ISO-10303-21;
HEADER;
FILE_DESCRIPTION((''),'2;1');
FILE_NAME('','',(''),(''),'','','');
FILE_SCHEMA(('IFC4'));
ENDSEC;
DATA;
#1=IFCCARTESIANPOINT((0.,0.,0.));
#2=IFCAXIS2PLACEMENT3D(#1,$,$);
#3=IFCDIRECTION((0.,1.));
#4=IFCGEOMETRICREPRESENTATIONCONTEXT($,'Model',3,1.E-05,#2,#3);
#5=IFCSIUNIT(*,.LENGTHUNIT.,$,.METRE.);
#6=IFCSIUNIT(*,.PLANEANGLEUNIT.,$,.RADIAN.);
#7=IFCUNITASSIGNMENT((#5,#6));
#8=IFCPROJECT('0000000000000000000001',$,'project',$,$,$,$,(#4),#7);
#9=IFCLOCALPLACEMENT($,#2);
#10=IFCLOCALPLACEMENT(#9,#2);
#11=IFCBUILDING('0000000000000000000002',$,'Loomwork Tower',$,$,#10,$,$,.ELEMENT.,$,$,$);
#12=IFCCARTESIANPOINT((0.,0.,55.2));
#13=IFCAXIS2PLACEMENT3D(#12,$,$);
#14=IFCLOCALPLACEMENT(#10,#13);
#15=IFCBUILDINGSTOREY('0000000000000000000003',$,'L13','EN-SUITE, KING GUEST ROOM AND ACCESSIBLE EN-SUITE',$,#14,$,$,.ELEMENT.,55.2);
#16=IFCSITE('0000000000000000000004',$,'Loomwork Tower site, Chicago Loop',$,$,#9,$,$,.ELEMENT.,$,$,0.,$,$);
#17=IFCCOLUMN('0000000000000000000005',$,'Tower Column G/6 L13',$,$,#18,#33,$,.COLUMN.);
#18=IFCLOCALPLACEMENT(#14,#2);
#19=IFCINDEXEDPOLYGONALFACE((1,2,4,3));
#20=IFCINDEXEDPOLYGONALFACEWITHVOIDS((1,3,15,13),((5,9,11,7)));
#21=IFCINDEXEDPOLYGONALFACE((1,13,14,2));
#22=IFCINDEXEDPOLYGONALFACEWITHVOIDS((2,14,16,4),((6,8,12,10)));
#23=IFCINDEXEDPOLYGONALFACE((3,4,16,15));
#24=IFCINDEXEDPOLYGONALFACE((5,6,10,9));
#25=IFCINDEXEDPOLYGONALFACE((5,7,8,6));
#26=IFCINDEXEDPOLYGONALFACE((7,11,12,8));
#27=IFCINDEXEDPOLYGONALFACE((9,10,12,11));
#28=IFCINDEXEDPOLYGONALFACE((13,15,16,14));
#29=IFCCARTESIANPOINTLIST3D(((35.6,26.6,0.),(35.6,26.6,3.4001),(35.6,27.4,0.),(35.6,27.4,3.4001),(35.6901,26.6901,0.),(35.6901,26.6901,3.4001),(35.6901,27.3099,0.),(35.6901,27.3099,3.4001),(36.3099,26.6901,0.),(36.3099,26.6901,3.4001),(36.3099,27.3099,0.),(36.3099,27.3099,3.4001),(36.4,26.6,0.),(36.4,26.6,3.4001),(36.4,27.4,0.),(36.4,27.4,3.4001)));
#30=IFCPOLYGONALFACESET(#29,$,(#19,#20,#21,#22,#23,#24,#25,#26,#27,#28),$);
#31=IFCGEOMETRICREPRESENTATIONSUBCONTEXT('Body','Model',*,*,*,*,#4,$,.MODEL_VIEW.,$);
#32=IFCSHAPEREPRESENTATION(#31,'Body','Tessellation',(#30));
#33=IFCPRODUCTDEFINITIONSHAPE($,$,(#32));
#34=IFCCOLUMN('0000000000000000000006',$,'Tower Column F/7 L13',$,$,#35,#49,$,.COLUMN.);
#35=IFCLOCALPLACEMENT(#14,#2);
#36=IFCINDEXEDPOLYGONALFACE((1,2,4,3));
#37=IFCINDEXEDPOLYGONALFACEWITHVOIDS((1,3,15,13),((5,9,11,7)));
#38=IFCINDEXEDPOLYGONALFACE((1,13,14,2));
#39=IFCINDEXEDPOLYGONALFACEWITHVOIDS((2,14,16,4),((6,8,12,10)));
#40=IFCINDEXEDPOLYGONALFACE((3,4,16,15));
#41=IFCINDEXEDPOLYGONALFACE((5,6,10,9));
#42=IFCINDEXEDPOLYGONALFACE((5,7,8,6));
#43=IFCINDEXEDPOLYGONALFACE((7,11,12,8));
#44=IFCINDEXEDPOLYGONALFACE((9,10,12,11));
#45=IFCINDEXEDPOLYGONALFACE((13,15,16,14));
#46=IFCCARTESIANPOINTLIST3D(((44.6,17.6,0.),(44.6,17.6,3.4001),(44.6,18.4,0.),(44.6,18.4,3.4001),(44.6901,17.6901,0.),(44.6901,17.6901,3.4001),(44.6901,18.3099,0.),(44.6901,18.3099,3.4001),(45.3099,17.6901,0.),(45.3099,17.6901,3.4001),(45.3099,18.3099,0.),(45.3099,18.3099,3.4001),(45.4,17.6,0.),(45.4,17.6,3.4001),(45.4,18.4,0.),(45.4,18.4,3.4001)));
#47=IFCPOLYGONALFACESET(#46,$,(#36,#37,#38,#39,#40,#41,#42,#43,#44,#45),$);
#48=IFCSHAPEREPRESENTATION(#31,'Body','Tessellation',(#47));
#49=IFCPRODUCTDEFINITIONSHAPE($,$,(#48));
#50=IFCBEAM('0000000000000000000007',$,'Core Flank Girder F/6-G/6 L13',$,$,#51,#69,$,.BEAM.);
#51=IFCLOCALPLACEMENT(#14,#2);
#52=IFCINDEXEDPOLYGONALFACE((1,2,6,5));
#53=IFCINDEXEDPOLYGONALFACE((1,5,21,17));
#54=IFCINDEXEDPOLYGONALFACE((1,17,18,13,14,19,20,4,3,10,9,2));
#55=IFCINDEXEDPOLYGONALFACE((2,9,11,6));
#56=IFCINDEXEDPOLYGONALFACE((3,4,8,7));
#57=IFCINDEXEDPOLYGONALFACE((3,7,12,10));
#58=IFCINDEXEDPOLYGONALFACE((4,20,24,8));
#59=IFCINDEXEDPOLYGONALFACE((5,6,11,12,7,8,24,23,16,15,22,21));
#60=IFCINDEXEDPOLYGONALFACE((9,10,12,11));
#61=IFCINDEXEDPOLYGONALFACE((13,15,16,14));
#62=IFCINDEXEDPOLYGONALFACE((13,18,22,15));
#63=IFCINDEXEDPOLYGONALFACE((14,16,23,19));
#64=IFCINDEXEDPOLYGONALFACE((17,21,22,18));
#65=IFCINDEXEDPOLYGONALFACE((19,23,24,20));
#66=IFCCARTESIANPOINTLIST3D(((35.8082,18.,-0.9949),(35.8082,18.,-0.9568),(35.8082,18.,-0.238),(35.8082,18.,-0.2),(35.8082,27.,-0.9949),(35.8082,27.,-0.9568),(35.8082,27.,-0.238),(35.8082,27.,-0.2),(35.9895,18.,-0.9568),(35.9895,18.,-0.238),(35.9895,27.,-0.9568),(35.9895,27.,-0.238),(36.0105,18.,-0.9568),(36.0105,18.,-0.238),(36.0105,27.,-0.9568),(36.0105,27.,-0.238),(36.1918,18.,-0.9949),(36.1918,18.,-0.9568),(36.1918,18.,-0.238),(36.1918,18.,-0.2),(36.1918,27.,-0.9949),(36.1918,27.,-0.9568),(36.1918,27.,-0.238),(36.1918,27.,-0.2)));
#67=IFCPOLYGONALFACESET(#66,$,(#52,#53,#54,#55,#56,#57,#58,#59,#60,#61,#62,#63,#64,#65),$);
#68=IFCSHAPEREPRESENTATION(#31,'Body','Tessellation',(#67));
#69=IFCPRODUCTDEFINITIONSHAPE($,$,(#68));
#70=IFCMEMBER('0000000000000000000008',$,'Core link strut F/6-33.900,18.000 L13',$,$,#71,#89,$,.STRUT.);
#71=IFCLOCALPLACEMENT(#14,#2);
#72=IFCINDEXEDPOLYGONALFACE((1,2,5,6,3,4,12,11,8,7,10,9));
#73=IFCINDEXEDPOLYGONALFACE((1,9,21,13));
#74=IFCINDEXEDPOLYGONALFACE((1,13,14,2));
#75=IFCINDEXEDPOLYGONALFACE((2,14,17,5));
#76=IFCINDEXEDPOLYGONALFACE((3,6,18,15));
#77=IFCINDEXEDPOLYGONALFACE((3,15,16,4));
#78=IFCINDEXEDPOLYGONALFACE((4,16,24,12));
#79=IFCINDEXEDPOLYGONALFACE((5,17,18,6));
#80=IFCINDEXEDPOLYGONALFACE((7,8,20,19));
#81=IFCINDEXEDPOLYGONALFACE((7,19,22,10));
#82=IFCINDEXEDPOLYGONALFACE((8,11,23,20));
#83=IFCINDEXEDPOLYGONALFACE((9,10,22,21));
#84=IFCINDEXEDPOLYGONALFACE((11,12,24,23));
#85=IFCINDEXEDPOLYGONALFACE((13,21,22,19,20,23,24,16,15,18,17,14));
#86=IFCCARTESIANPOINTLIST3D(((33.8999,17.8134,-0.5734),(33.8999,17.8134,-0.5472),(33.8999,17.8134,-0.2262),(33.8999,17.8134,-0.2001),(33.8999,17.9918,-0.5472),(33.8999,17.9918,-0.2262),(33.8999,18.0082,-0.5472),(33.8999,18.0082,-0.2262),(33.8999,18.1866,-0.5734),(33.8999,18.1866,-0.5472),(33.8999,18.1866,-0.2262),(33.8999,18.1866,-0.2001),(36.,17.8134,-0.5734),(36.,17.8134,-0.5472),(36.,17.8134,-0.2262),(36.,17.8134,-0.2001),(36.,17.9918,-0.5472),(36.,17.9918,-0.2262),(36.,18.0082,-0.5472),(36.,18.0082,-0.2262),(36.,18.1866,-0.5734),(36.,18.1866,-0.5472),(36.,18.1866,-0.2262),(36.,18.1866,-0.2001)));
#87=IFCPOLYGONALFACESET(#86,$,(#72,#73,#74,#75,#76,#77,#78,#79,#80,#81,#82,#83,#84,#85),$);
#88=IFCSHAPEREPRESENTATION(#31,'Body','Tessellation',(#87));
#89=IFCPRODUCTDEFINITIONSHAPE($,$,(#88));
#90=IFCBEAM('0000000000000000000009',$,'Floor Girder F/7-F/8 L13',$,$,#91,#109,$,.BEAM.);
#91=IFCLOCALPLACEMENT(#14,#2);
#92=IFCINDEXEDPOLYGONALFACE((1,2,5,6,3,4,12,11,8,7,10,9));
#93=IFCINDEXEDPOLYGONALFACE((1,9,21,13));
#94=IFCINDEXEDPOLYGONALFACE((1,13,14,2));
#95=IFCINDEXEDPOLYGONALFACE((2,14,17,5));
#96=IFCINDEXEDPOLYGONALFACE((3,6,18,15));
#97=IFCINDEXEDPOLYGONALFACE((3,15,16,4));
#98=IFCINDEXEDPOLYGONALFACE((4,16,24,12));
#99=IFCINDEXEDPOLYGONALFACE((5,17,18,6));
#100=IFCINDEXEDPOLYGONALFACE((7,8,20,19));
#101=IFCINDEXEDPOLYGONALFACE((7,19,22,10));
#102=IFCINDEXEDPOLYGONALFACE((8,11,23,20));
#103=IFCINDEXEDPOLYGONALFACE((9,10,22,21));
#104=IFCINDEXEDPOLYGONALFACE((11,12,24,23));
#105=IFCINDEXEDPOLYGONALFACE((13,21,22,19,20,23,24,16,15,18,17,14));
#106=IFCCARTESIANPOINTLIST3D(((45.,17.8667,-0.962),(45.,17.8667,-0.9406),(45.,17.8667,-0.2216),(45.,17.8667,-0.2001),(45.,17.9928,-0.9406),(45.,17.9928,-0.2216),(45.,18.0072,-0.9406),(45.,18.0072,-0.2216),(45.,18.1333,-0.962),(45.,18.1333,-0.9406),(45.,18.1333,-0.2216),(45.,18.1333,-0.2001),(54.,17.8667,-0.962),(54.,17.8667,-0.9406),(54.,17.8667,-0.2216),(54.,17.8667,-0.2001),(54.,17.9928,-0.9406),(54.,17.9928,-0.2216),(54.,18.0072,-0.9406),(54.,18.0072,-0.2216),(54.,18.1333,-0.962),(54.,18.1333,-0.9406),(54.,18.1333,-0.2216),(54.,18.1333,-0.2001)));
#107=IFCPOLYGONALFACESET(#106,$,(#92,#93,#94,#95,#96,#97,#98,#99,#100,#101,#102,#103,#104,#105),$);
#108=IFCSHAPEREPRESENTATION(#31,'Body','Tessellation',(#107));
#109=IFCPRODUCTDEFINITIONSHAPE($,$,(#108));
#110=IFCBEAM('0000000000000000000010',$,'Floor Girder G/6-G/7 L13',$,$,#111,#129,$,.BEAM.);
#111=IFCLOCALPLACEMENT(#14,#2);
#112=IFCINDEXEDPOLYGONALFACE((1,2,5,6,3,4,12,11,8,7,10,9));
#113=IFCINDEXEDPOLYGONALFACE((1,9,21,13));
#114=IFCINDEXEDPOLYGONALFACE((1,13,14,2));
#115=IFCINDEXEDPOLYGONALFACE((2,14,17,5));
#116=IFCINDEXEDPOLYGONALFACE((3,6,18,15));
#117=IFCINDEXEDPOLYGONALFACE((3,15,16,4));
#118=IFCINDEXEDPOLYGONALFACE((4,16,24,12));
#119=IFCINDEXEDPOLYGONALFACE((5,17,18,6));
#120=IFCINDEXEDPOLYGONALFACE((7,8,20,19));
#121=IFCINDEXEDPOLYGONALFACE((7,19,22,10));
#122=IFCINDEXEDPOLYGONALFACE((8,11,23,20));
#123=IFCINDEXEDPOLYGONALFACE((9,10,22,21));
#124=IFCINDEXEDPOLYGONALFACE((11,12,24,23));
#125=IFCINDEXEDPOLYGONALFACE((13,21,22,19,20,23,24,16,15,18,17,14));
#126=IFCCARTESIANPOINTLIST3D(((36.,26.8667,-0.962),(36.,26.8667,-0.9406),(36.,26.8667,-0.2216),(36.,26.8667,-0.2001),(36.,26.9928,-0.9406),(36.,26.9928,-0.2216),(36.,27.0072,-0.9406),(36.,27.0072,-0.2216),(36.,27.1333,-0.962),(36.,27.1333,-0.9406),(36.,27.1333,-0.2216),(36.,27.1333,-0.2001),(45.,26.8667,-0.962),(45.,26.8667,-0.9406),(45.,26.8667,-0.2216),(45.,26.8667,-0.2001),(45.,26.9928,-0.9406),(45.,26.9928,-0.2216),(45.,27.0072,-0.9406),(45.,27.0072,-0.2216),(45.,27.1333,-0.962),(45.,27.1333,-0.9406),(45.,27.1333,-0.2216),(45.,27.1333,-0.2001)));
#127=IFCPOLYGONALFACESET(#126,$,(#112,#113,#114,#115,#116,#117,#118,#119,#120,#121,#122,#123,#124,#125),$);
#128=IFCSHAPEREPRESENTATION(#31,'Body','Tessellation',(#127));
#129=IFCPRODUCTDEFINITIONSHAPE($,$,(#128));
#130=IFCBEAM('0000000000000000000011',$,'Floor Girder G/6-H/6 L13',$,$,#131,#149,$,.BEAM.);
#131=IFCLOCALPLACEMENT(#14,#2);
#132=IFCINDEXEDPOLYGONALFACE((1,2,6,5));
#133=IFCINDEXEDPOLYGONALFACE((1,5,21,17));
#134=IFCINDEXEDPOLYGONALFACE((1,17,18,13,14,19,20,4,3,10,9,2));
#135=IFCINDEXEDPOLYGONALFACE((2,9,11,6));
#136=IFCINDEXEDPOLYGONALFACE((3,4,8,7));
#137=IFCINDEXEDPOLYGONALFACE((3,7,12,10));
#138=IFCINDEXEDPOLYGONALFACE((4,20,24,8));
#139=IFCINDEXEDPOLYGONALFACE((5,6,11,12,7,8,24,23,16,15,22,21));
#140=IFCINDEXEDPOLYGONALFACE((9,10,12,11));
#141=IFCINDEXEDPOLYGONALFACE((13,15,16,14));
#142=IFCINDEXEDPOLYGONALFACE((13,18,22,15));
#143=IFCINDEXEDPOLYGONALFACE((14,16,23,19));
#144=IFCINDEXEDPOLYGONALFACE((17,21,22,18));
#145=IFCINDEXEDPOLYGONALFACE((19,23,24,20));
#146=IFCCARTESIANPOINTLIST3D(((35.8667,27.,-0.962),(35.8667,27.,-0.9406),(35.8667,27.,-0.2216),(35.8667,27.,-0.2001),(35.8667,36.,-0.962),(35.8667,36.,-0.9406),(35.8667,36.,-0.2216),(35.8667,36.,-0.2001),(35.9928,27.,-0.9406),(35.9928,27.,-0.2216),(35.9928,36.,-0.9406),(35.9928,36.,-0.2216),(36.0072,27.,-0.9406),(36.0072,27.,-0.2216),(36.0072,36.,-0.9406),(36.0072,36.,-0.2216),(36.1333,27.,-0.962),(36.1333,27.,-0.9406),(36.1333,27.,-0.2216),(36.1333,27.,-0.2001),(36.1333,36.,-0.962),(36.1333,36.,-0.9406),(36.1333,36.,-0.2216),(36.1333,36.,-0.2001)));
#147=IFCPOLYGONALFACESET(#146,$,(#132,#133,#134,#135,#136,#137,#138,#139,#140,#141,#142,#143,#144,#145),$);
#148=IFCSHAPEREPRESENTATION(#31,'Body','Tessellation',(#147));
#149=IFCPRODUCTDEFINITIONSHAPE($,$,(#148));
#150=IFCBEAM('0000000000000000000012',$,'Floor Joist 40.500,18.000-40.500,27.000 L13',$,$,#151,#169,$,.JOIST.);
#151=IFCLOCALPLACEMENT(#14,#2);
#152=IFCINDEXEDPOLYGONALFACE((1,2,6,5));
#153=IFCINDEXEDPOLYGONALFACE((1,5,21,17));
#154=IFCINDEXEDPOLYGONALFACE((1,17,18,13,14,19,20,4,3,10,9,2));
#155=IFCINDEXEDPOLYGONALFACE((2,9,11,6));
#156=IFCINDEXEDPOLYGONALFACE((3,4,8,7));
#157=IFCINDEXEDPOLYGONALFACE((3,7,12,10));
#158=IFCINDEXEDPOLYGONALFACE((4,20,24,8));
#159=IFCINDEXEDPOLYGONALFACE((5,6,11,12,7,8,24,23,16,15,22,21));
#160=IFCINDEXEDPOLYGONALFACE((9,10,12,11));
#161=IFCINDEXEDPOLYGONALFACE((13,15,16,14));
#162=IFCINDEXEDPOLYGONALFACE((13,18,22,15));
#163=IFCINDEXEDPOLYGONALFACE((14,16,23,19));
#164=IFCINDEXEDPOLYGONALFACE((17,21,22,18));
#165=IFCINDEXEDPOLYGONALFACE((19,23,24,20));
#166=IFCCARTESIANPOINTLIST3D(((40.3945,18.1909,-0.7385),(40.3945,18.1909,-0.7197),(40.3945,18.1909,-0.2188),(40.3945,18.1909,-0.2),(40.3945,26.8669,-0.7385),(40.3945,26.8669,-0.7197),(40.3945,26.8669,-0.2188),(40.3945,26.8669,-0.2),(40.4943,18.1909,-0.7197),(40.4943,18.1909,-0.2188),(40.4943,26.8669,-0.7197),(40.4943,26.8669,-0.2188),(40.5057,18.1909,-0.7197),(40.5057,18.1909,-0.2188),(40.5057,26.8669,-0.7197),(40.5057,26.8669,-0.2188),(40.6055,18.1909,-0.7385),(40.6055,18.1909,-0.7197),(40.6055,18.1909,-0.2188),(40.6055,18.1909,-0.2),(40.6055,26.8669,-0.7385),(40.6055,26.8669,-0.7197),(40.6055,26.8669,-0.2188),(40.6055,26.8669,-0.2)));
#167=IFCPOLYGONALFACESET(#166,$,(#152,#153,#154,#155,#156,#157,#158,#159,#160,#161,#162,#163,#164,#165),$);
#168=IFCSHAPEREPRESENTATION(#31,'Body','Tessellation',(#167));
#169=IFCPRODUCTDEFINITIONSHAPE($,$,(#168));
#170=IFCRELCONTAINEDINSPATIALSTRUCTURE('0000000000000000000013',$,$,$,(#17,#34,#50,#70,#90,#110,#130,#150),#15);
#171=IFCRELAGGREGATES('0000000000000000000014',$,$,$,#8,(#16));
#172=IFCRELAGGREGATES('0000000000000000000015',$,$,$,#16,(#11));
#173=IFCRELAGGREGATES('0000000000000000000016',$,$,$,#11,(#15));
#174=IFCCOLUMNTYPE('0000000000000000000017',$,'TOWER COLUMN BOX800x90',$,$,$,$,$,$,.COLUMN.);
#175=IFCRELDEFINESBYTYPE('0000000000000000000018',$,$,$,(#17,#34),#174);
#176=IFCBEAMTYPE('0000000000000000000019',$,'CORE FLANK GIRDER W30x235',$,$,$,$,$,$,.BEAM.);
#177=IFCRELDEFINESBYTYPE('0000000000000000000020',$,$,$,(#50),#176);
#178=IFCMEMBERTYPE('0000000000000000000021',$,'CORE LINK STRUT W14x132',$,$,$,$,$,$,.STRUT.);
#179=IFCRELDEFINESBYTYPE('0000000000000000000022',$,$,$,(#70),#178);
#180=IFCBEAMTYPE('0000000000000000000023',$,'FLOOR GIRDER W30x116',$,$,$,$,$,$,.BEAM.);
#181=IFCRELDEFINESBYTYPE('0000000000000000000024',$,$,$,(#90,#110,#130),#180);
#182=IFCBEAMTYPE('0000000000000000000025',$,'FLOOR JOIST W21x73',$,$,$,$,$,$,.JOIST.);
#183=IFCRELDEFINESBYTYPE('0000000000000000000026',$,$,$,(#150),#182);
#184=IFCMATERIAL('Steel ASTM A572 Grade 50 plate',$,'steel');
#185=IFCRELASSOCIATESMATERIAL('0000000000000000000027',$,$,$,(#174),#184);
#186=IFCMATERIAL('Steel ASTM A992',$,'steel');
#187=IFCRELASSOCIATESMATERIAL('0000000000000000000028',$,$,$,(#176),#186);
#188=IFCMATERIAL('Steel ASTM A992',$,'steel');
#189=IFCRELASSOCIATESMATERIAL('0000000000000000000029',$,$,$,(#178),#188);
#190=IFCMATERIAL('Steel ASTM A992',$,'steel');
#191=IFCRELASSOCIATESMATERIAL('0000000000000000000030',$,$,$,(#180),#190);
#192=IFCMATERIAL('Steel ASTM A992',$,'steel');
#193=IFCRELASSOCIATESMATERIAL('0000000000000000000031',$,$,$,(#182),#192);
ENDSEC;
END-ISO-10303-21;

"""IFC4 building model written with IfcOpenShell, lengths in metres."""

from ifc_helpers import new_model, si_unit, direction, frame, origin, origin_2d, place, context, subcontext, project, spatial, hollow_rectangle, i_section, extrude, material, material_profile, profile_set, type_object, element, save


model = new_model("IFC4")

# Units and contexts
model_context = context("Model", 3, precision=1e-05, world=origin(), true_north=direction((0.0, 1.0)))
body_context = subcontext(model_context, "Body", "Model", "MODEL_VIEW")
ifc_project = project(units=[si_unit("LENGTHUNIT", "METRE"), si_unit("PLANEANGLEUNIT", "RADIAN")], contexts=[model_context])

# Site, building, storey
site_placement = place(None, origin())
site = spatial("IfcSite", under=ifc_project, at=site_placement, Name="Loomwork Tower site, Chicago Loop", CompositionType="ELEMENT", RefElevation=0.0)
building_placement = place(site_placement, origin())
building = spatial("IfcBuilding", under=site, at=building_placement, Name="Loomwork Tower", CompositionType="ELEMENT")
storey_placement = place(building_placement, frame((0.0, 0.0, 55.2)))
storey = spatial("IfcBuildingStorey", under=building, at=storey_placement, Name="L13", Description="EN-SUITE, KING GUEST ROOM AND ACCESSIBLE EN-SUITE", CompositionType="ELEMENT", Elevation=55.2)

# Columns
ifc_material_1 = material(Name="Steel ASTM A572 Grade 50 plate", Category="steel")
ifc_material_profile_1 = material_profile(ifc_material_1, hollow_rectangle(XDim=0.8, YDim=0.8, WallThickness=0.0901, at=origin_2d()), Name="BOX800x90")
ifc_profile_set_1 = profile_set([ifc_material_profile_1], Name="Steel ASTM A572 Grade 50 plate")
column_type = type_object("IfcColumnType", Name="TOWER COLUMN BOX800x90", PredefinedType="COLUMN", material=ifc_profile_set_1)
for number, where, z_axis, x_axis, name in (
    (1, (36.0, 27.0, 0.0), (0.0, 0.0, 1.0), (1.0, 0.0, 0.0), "Tower Column G/6 L13"),
    (2, (45.0, 18.0, 0.0), (0.0, 0.0, 1.0), (0.0, 1.0, 0.0), "Tower Column F/7 L13"),
):
    element("IfcColumn", number, at=place(storey_placement, frame(where, z_axis=z_axis, x_axis=x_axis)), inside=storey, type_object=column_type, Name=name, PredefinedType="COLUMN", context=body_context, shape_type="SweptSolid", body=[
        extrude(hollow_rectangle(XDim=0.8, YDim=0.8, WallThickness=0.0901, at=origin_2d()), origin(), (0.0, 0.0, 1.0), 3.4001),
    ])

# Beam
ifc_material_2 = material(Name="Steel ASTM A992", Category="steel")
ifc_material_profile_2 = material_profile(ifc_material_2, i_section(OverallWidth=0.3835, OverallDepth=0.7949, WebThickness=0.021, FlangeThickness=0.0381, at=origin_2d()), Name="W30x235")
ifc_profile_set_2 = profile_set([ifc_material_profile_2], Name="Steel ASTM A992")
beam_type_1 = type_object("IfcBeamType", Name="CORE FLANK GIRDER W30x235", PredefinedType="BEAM", material=ifc_profile_set_2)
beam_1_placement = place(storey_placement, frame((36.0, 18.0, -0.5974), z_axis=(0.0, 1.0, 0.0), x_axis=(-1.0, 0.0, 0.0)))
element("IfcBeam", 3, at=beam_1_placement, inside=storey, type_object=beam_type_1, Name="Core Flank Girder F/6-G/6 L13", PredefinedType="BEAM", context=body_context, shape_type="SweptSolid", body=[
    extrude(i_section(OverallWidth=0.3835, OverallDepth=0.7949, WebThickness=0.021, FlangeThickness=0.0381, at=origin_2d()), origin(), (0.0, 0.0, 1.0), 9.0),
])

# Member
ifc_material_3 = material(Name="Steel ASTM A992", Category="steel")
ifc_material_profile_3 = material_profile(ifc_material_3, i_section(OverallWidth=0.3733, OverallDepth=0.3733, WebThickness=0.0164, FlangeThickness=0.0261, at=origin_2d()), Name="W14x132")
ifc_profile_set_3 = profile_set([ifc_material_profile_3], Name="Steel ASTM A992")
member_type = type_object("IfcMemberType", Name="CORE LINK STRUT W14x132", PredefinedType="STRUT", material=ifc_profile_set_3)
member_placement = place(storey_placement, frame((36.0, 18.0, -0.3867), z_axis=(-1.0, 0.0, 0.0), x_axis=(0.0, -1.0, 0.0)))
element("IfcMember", 4, at=member_placement, inside=storey, type_object=member_type, Name="Core link strut F/6-33.900,18.000 L13", PredefinedType="STRUT", context=body_context, shape_type="SweptSolid", body=[
    extrude(i_section(OverallWidth=0.3733, OverallDepth=0.3733, WebThickness=0.0164, FlangeThickness=0.0261, at=origin_2d()), origin(), (0.0, 0.0, 1.0), 2.1001),
])

# Beams
ifc_material_4 = material(Name="Steel ASTM A992", Category="steel")
ifc_material_profile_4 = material_profile(ifc_material_4, i_section(OverallWidth=0.2666, OverallDepth=0.762, WebThickness=0.0144, FlangeThickness=0.0215, at=origin_2d()), Name="W30x116")
ifc_profile_set_4 = profile_set([ifc_material_profile_4], Name="Steel ASTM A992")
beam_type_2 = type_object("IfcBeamType", Name="FLOOR GIRDER W30x116", PredefinedType="BEAM", material=ifc_profile_set_4)
for number, where, z_axis, x_axis, name in (
    (5, (45.0, 18.0, -0.5811), (1.0, 0.0, 0.0), (0.0, 1.0, 0.0), "Floor Girder F/7-F/8 L13"),
    (6, (36.0, 27.0, -0.5811), (1.0, 0.0, 0.0), (0.0, 1.0, 0.0), "Floor Girder G/6-G/7 L13"),
    (7, (36.0, 27.0, -0.5811), (0.0, 1.0, 0.0), (-1.0, 0.0, 0.0), "Floor Girder G/6-H/6 L13"),
):
    element("IfcBeam", number, at=place(storey_placement, frame(where, z_axis=z_axis, x_axis=x_axis)), inside=storey, type_object=beam_type_2, Name=name, PredefinedType="BEAM", context=body_context, shape_type="SweptSolid", body=[
        extrude(i_section(OverallWidth=0.2666, OverallDepth=0.762, WebThickness=0.0144, FlangeThickness=0.0215, at=origin_2d()), origin(), (0.0, 0.0, 1.0), 9.0),
    ])
ifc_material_5 = material(Name="Steel ASTM A992", Category="steel")
ifc_material_profile_5 = material_profile(ifc_material_5, i_section(OverallWidth=0.2109, OverallDepth=0.5386, WebThickness=0.0115, FlangeThickness=0.0188, at=origin_2d()), Name="W21x73")
ifc_profile_set_5 = profile_set([ifc_material_profile_5], Name="Steel ASTM A992")
beam_type_3 = type_object("IfcBeamType", Name="FLOOR JOIST W21x73", PredefinedType="JOIST", material=ifc_profile_set_5)
beam_2_placement = place(storey_placement, frame((40.5, 18.1909, -0.4692), z_axis=(0.0, 1.0, 0.0), x_axis=(-1.0, 0.0, 0.0)))
element("IfcBeam", 8, at=beam_2_placement, inside=storey, type_object=beam_type_3, Name="Floor Joist 40.500,18.000-40.500,27.000 L13", PredefinedType="JOIST", context=body_context, shape_type="SweptSolid", body=[
    extrude(i_section(OverallWidth=0.2109, OverallDepth=0.5386, WebThickness=0.0115, FlangeThickness=0.0188, at=origin_2d()), origin(), (0.0, 0.0, 1.0), 8.676),
])

save(model, "model.ifc")
